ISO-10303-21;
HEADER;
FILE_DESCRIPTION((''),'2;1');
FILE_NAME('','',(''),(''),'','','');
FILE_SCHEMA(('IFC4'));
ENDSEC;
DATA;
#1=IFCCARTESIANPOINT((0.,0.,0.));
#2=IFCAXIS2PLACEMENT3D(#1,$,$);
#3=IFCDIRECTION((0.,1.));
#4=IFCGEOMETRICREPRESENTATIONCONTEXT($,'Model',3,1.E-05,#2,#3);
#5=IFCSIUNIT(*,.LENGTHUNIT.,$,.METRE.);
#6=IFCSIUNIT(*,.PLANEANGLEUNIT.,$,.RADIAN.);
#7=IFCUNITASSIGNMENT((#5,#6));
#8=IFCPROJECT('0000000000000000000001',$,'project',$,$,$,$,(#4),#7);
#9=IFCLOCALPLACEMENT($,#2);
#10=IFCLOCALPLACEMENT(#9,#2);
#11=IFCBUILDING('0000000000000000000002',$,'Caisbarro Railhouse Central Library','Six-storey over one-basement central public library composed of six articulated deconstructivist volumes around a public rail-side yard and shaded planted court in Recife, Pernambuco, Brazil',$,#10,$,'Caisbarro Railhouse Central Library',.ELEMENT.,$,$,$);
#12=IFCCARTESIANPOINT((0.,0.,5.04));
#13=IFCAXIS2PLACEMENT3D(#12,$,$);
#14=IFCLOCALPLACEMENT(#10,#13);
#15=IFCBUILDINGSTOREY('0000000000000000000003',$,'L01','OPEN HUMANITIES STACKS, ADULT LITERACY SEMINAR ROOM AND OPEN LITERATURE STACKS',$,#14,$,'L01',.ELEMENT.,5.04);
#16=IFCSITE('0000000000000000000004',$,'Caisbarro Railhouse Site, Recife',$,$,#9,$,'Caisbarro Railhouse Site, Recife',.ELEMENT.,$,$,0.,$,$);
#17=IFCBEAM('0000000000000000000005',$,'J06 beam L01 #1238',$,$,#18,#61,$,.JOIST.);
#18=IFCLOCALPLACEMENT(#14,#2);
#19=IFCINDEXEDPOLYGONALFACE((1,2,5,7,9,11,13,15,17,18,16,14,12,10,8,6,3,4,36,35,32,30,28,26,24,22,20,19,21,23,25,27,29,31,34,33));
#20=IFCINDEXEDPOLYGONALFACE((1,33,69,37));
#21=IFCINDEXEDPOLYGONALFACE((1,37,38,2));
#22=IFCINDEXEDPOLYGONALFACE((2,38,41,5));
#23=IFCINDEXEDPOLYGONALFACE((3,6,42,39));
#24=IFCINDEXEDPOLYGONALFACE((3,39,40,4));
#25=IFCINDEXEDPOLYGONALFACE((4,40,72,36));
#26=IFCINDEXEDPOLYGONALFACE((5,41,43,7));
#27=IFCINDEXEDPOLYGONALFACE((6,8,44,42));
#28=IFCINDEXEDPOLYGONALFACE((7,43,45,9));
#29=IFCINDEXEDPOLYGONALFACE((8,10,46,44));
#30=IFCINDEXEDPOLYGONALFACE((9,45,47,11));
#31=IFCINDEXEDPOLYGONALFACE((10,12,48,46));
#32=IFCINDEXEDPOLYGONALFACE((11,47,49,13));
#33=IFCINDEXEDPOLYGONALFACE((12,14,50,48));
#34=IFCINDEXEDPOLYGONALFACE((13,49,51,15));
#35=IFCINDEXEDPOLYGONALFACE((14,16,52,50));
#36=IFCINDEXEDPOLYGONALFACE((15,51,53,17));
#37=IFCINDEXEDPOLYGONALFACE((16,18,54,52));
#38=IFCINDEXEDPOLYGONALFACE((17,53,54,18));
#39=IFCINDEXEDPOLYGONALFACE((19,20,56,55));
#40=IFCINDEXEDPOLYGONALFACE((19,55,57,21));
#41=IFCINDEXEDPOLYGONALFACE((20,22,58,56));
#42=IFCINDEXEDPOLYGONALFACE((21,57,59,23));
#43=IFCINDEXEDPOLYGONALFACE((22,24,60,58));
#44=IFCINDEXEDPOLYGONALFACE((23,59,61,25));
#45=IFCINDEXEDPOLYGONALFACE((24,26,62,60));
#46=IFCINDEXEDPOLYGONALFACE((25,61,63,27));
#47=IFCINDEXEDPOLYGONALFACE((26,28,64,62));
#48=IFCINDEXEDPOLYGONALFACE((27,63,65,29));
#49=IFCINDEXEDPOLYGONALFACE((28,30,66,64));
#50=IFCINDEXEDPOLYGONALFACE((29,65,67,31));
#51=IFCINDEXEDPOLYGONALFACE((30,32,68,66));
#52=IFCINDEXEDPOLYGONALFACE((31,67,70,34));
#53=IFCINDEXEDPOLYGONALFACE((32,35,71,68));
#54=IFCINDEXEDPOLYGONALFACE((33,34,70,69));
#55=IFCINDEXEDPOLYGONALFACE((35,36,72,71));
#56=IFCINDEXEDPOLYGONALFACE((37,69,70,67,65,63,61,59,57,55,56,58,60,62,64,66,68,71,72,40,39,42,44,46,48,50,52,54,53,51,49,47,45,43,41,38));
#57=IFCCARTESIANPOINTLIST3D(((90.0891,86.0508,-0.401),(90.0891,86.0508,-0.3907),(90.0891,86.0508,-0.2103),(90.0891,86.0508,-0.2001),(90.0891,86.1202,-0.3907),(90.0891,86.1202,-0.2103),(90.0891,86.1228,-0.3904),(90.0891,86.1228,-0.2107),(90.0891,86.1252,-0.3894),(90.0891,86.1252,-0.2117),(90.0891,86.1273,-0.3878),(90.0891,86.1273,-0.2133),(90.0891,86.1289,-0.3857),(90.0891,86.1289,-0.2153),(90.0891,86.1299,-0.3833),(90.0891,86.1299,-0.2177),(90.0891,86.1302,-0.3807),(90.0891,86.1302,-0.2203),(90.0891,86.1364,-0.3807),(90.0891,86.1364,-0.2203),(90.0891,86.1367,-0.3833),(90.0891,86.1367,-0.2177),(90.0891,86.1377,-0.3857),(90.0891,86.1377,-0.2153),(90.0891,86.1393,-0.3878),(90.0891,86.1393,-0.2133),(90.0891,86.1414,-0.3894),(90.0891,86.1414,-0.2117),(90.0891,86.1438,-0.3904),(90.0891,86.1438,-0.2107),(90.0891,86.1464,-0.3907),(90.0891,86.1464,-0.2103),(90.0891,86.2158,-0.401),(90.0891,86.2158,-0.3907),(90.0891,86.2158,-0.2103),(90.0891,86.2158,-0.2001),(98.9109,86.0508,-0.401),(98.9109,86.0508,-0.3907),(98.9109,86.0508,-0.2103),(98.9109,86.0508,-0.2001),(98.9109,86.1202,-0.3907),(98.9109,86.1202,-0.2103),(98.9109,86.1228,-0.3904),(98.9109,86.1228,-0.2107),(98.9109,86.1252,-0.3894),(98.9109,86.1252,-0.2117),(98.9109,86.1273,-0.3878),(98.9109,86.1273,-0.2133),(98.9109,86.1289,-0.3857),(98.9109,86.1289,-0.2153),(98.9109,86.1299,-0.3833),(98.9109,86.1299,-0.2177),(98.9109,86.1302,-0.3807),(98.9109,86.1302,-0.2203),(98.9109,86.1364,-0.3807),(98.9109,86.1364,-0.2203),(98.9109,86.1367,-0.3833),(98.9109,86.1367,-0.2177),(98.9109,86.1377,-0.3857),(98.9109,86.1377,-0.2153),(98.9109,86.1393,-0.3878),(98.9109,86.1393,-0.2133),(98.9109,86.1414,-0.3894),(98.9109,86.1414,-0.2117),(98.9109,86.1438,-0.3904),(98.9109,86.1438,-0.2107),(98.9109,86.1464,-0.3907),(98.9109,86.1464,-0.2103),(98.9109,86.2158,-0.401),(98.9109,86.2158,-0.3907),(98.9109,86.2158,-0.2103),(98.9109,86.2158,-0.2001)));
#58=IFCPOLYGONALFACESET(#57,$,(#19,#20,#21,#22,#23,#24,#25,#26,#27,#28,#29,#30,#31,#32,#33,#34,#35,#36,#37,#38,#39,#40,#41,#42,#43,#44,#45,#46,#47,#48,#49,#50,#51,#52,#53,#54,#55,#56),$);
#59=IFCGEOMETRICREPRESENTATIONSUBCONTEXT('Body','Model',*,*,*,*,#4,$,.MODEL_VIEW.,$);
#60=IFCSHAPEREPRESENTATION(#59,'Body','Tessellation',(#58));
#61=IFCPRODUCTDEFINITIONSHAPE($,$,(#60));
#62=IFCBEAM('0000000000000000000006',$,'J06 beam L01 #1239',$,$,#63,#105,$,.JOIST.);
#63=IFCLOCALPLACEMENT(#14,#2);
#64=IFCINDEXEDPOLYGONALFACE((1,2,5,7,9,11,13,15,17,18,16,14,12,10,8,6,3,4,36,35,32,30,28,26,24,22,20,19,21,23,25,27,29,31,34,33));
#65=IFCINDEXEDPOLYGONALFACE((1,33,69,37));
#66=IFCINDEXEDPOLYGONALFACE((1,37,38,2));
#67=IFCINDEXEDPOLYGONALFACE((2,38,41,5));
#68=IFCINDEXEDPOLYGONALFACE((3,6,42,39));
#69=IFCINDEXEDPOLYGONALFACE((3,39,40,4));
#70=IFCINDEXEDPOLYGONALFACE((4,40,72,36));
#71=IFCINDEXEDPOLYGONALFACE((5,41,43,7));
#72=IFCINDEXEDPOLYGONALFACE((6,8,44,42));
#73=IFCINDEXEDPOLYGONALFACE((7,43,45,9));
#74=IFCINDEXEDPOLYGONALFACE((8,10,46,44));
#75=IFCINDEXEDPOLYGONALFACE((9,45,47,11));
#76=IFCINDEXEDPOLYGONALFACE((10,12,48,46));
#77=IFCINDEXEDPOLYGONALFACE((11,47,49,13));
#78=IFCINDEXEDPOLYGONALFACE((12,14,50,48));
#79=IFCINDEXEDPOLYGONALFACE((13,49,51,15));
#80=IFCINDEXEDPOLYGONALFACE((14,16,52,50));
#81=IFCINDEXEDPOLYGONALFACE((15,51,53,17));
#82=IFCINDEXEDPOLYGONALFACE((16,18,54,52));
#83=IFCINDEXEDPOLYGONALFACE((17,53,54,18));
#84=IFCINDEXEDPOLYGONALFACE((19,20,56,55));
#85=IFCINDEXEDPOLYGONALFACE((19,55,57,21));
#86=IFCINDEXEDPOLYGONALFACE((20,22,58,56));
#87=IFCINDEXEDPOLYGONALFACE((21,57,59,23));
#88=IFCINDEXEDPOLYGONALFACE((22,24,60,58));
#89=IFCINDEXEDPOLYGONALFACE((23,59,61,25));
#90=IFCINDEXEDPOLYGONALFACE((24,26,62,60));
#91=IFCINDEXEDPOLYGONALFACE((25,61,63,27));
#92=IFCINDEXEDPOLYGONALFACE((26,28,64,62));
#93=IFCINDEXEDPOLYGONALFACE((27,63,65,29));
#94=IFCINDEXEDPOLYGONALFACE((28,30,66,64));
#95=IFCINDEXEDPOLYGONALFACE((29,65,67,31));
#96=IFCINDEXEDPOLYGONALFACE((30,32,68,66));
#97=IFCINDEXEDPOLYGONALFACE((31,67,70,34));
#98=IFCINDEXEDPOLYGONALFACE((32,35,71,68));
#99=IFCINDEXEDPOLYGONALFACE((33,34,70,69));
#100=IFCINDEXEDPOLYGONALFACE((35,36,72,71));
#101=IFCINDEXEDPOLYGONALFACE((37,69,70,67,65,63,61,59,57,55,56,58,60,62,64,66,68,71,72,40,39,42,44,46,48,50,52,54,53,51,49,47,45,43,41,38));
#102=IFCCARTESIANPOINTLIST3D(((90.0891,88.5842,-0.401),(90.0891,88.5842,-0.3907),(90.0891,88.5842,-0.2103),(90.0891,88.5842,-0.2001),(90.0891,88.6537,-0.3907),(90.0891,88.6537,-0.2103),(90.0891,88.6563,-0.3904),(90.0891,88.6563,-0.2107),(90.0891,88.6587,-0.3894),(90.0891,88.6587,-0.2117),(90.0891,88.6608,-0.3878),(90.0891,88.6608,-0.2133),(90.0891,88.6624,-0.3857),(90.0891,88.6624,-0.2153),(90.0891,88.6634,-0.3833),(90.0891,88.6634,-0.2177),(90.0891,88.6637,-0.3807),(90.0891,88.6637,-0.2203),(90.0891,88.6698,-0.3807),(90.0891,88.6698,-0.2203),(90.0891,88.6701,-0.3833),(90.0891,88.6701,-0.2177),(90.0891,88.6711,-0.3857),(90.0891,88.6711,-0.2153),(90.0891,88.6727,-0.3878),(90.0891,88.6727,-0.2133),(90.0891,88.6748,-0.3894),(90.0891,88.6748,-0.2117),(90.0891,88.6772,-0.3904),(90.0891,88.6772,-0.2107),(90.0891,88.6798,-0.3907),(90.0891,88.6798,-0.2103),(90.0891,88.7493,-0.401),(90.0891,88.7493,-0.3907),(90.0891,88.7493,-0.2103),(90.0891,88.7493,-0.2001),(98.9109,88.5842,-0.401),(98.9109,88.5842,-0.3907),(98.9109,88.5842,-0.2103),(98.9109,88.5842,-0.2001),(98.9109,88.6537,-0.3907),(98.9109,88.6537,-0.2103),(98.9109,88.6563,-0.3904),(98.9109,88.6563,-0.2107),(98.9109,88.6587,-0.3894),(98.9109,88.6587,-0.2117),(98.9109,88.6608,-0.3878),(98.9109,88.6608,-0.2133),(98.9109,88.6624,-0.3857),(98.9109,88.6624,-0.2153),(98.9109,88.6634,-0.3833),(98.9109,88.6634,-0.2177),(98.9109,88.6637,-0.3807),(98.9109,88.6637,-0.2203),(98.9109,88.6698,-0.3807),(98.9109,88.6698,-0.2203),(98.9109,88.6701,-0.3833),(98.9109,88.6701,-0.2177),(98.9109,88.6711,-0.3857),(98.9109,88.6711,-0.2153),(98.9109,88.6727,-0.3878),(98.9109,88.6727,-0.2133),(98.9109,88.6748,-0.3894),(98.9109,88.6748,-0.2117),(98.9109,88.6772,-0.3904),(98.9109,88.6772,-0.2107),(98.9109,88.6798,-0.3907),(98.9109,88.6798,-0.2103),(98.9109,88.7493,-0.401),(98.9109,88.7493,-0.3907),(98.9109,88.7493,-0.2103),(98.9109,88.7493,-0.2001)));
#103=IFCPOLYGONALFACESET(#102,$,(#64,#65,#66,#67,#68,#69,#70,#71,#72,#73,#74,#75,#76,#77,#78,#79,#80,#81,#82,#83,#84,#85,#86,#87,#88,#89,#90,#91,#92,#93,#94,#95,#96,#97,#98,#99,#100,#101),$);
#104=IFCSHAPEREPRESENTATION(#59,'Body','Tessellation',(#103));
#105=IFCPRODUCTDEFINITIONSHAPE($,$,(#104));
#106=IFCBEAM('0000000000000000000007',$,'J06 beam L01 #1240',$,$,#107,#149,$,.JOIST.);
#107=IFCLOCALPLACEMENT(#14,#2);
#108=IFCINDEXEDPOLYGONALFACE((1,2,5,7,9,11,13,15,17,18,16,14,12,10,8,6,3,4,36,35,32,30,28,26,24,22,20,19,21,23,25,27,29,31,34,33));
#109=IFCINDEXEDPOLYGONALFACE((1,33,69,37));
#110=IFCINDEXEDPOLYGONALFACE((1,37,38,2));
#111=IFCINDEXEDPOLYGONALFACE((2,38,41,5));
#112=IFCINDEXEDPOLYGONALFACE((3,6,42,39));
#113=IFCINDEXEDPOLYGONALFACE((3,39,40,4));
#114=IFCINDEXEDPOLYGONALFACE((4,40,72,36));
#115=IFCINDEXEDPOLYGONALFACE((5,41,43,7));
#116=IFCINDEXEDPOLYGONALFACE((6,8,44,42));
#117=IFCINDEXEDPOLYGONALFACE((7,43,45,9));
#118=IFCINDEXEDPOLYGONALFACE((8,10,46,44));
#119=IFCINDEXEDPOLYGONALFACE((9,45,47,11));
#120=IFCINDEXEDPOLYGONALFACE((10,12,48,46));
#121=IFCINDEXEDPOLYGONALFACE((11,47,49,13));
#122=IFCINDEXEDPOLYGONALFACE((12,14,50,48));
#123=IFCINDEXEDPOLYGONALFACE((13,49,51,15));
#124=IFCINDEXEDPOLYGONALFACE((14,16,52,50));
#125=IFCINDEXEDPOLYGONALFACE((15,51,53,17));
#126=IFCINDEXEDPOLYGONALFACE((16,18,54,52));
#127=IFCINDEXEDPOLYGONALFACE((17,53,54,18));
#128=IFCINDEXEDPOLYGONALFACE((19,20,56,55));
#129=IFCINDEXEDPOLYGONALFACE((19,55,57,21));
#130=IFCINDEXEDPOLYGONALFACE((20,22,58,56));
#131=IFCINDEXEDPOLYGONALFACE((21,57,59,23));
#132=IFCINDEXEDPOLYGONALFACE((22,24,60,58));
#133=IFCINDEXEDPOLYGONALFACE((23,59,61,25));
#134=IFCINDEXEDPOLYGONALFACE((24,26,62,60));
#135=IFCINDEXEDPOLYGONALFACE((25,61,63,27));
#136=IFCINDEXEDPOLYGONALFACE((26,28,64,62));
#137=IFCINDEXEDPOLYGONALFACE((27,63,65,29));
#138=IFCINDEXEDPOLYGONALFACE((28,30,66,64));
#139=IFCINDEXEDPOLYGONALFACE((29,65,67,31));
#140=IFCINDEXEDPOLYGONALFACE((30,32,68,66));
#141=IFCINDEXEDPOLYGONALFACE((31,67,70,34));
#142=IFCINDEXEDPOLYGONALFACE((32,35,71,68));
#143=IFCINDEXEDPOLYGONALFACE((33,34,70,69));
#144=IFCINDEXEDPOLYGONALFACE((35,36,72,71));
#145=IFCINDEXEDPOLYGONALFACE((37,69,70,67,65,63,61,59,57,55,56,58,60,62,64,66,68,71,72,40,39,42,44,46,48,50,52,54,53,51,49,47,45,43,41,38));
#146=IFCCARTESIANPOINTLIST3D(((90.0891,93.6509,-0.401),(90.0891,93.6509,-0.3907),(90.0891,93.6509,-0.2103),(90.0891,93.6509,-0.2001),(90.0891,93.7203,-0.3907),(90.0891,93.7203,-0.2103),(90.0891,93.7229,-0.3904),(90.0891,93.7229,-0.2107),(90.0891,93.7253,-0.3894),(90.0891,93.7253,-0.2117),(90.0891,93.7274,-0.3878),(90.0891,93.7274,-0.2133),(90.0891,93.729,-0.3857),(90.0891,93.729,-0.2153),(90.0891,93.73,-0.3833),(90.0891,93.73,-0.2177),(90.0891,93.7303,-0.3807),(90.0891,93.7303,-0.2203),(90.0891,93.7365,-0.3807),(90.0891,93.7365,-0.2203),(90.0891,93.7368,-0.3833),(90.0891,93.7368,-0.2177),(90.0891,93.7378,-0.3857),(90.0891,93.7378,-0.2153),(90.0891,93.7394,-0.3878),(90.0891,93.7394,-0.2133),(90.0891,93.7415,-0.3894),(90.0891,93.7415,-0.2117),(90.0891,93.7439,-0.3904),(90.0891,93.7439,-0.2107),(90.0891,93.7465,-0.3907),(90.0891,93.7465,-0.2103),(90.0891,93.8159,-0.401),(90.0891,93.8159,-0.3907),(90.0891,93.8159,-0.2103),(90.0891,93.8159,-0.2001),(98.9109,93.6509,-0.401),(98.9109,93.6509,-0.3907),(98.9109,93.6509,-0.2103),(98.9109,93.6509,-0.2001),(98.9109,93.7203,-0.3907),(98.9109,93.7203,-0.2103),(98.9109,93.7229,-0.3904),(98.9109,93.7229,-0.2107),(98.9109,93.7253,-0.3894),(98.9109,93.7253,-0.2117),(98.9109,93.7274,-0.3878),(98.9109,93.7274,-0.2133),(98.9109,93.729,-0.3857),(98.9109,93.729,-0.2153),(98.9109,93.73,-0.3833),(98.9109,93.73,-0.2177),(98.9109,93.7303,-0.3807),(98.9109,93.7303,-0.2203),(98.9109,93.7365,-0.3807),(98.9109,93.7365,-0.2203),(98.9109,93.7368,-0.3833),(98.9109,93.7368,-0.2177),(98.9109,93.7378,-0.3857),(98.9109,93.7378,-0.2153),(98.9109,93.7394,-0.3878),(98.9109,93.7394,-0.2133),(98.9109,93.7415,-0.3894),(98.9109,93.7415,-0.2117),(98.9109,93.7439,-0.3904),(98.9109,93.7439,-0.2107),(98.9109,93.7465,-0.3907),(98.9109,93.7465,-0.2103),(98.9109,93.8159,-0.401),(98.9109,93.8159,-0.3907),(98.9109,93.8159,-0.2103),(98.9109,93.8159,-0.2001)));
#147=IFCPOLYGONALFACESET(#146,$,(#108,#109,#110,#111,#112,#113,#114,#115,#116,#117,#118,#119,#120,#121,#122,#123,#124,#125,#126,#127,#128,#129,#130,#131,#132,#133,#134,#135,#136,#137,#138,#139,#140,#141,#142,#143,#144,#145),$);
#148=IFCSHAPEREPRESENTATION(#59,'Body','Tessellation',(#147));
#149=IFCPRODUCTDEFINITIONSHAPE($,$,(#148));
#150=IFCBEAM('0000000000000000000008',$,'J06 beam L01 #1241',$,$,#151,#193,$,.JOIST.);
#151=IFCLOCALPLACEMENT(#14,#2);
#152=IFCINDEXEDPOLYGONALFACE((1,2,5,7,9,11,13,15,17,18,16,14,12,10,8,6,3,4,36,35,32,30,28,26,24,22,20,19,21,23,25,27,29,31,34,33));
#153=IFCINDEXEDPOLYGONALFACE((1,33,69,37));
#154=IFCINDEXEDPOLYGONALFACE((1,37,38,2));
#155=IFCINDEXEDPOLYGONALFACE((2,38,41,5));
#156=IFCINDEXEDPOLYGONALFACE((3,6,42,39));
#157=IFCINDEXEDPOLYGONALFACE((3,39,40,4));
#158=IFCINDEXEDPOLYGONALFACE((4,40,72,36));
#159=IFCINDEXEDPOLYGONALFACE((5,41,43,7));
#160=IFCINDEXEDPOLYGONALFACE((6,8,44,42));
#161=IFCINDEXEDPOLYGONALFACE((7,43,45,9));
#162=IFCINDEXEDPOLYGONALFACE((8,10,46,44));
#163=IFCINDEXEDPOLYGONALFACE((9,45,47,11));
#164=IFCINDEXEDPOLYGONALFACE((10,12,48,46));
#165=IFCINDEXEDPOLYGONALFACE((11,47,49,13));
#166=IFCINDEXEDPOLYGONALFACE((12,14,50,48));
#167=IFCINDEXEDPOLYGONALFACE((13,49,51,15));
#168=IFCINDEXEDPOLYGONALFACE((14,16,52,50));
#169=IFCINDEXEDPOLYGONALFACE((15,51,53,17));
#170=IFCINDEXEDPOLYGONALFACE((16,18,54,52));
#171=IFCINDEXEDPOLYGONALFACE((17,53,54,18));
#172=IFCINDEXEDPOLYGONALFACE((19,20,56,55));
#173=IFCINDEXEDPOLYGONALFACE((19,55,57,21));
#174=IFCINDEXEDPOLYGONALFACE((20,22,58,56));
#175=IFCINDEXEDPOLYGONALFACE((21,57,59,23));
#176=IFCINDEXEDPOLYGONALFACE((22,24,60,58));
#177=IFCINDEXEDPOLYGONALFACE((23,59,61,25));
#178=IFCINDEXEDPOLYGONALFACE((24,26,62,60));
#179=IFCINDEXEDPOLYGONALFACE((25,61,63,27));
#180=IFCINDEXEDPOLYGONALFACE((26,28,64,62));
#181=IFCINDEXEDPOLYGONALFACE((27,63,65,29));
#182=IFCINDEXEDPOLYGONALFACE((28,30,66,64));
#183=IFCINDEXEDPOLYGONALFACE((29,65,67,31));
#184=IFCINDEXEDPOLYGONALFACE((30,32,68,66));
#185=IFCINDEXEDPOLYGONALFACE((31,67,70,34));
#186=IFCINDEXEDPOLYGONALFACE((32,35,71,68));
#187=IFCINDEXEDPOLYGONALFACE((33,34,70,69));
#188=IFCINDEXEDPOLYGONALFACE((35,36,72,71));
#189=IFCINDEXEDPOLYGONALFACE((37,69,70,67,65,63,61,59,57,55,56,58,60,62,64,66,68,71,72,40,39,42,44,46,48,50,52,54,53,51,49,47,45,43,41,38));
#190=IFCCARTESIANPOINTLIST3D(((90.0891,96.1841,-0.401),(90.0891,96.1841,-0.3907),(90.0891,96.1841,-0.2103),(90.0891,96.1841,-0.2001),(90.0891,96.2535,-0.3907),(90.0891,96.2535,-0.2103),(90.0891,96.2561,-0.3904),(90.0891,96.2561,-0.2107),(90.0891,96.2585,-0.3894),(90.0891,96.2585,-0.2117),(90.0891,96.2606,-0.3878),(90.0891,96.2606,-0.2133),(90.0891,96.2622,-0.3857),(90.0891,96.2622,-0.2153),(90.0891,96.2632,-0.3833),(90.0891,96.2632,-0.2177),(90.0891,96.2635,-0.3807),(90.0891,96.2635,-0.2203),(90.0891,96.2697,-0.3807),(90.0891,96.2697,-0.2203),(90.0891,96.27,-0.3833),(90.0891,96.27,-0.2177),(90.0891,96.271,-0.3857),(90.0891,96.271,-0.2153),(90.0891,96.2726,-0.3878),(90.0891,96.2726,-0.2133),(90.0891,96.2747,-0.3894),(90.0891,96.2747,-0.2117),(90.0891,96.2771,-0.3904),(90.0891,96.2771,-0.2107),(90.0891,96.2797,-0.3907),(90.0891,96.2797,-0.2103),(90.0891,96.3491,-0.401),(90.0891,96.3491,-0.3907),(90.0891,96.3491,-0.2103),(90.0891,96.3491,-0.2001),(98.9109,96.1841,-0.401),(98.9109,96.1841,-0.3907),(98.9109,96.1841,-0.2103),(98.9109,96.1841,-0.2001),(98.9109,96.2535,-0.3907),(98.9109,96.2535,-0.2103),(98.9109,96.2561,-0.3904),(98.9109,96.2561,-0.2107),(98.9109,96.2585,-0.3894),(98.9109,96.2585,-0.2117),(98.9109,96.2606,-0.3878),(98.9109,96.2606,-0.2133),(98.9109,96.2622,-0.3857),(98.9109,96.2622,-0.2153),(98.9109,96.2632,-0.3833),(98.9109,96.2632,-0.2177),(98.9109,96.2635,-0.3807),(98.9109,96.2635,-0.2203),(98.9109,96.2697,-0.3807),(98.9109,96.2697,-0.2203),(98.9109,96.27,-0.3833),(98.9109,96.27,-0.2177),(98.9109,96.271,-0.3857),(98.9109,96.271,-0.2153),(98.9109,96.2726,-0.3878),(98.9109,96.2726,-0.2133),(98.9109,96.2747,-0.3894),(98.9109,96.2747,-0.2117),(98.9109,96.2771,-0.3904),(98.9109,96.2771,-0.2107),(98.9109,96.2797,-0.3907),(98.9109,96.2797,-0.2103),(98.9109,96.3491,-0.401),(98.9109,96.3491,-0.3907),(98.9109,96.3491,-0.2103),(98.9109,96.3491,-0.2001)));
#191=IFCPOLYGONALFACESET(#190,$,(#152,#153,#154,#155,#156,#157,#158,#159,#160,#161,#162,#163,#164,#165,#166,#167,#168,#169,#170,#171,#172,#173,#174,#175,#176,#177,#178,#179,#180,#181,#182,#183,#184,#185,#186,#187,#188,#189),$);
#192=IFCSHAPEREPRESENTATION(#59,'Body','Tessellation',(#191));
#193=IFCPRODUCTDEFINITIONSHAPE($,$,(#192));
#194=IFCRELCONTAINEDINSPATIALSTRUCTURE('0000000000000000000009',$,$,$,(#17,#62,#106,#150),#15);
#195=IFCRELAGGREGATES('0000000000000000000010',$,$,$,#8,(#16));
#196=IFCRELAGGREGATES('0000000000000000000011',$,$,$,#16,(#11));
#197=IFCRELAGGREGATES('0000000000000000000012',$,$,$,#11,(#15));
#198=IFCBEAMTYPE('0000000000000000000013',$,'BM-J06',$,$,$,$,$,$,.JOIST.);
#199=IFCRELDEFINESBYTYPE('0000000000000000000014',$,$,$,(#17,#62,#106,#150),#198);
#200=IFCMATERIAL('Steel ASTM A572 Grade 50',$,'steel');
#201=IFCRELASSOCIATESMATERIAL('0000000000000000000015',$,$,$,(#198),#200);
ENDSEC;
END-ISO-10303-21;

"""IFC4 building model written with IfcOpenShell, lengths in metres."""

from ifc_helpers import new_model, si_unit, direction, frame, origin, origin_2d, place, context, subcontext, project, spatial, i_section, extrude, material, material_profile, profile_set, type_object, element, save


model = new_model("IFC4")

# Units and contexts
model_context = context("Model", 3, precision=1e-05, world=origin(), true_north=direction((0.0, 1.0)))
body_context = subcontext(model_context, "Body", "Model", "MODEL_VIEW")
ifc_project = project(units=[si_unit("LENGTHUNIT", "METRE"), si_unit("PLANEANGLEUNIT", "RADIAN")], contexts=[model_context])

# Site, building, storey
site_placement = place(None, origin())
site = spatial("IfcSite", under=ifc_project, at=site_placement, Name="Caisbarro Railhouse Site, Recife", LongName="Caisbarro Railhouse Site, Recife", CompositionType="ELEMENT", RefElevation=0.0)
building_placement = place(site_placement, origin())
building = spatial("IfcBuilding", under=site, at=building_placement, Name="Caisbarro Railhouse Central Library", Description="Six-storey over one-basement central public library composed of six articulated deconstructivist volumes around a public rail-side yard and shaded planted court in Recife, Pernambuco, Brazil", LongName="Caisbarro Railhouse Central Library", CompositionType="ELEMENT")
storey_placement = place(building_placement, frame((0.0, 0.0, 5.04)))
storey = spatial("IfcBuildingStorey", under=building, at=storey_placement, Name="L01", Description="OPEN HUMANITIES STACKS, ADULT LITERACY SEMINAR ROOM AND OPEN LITERATURE STACKS", LongName="L01", CompositionType="ELEMENT", Elevation=5.04)

# Shared definitions
ifc_material_1 = material(Name="Steel ASTM A572 Grade 50", Category="steel")

# Beams
ifc_material_profile_1 = material_profile(ifc_material_1, i_section(OverallWidth=0.165, OverallDepth=0.2009, WebThickness=0.0061, FlangeThickness=0.0103, FilletRadius=0.01, at=origin_2d()), Name="W200X35.9")
ifc_profile_set_1 = profile_set([ifc_material_profile_1], Name="Steel ASTM A572 Grade 50")
beam_type_1 = type_object("IfcBeamType", Name="BM-J06", PredefinedType="JOIST", material=ifc_profile_set_1)
for number, where, z_axis, x_axis, name in (
    (1, (90.0891, 86.1333, -0.3005), (1.0, 0.0, 0.0), (0.0, 1.0, 0.0), "J06 beam L01 #1238"),
    (2, (90.0891, 88.6667, -0.3005), (1.0, 0.0, 0.0), (0.0, 1.0, 0.0), "J06 beam L01 #1239"),
    (3, (90.0891, 93.7334, -0.3005), (1.0, 0.0, 0.0), (0.0, 1.0, 0.0), "J06 beam L01 #1240"),
    (4, (90.0891, 96.2666, -0.3005), (1.0, 0.0, 0.0), (0.0, 1.0, 0.0), "J06 beam L01 #1241"),
):
    element("IfcBeam", number, at=place(storey_placement, frame(where, z_axis=z_axis, x_axis=x_axis)), inside=storey, type_object=beam_type_1, Name=name, PredefinedType="JOIST", context=body_context, shape_type="SweptSolid", body=[
        extrude(i_section(OverallWidth=0.165, OverallDepth=0.2009, WebThickness=0.0061, FlangeThickness=0.0103, FilletRadius=0.01, at=origin_2d()), origin(), (0.0, 0.0, 1.0), 8.8218),
    ])

save(model, "model.ifc")
